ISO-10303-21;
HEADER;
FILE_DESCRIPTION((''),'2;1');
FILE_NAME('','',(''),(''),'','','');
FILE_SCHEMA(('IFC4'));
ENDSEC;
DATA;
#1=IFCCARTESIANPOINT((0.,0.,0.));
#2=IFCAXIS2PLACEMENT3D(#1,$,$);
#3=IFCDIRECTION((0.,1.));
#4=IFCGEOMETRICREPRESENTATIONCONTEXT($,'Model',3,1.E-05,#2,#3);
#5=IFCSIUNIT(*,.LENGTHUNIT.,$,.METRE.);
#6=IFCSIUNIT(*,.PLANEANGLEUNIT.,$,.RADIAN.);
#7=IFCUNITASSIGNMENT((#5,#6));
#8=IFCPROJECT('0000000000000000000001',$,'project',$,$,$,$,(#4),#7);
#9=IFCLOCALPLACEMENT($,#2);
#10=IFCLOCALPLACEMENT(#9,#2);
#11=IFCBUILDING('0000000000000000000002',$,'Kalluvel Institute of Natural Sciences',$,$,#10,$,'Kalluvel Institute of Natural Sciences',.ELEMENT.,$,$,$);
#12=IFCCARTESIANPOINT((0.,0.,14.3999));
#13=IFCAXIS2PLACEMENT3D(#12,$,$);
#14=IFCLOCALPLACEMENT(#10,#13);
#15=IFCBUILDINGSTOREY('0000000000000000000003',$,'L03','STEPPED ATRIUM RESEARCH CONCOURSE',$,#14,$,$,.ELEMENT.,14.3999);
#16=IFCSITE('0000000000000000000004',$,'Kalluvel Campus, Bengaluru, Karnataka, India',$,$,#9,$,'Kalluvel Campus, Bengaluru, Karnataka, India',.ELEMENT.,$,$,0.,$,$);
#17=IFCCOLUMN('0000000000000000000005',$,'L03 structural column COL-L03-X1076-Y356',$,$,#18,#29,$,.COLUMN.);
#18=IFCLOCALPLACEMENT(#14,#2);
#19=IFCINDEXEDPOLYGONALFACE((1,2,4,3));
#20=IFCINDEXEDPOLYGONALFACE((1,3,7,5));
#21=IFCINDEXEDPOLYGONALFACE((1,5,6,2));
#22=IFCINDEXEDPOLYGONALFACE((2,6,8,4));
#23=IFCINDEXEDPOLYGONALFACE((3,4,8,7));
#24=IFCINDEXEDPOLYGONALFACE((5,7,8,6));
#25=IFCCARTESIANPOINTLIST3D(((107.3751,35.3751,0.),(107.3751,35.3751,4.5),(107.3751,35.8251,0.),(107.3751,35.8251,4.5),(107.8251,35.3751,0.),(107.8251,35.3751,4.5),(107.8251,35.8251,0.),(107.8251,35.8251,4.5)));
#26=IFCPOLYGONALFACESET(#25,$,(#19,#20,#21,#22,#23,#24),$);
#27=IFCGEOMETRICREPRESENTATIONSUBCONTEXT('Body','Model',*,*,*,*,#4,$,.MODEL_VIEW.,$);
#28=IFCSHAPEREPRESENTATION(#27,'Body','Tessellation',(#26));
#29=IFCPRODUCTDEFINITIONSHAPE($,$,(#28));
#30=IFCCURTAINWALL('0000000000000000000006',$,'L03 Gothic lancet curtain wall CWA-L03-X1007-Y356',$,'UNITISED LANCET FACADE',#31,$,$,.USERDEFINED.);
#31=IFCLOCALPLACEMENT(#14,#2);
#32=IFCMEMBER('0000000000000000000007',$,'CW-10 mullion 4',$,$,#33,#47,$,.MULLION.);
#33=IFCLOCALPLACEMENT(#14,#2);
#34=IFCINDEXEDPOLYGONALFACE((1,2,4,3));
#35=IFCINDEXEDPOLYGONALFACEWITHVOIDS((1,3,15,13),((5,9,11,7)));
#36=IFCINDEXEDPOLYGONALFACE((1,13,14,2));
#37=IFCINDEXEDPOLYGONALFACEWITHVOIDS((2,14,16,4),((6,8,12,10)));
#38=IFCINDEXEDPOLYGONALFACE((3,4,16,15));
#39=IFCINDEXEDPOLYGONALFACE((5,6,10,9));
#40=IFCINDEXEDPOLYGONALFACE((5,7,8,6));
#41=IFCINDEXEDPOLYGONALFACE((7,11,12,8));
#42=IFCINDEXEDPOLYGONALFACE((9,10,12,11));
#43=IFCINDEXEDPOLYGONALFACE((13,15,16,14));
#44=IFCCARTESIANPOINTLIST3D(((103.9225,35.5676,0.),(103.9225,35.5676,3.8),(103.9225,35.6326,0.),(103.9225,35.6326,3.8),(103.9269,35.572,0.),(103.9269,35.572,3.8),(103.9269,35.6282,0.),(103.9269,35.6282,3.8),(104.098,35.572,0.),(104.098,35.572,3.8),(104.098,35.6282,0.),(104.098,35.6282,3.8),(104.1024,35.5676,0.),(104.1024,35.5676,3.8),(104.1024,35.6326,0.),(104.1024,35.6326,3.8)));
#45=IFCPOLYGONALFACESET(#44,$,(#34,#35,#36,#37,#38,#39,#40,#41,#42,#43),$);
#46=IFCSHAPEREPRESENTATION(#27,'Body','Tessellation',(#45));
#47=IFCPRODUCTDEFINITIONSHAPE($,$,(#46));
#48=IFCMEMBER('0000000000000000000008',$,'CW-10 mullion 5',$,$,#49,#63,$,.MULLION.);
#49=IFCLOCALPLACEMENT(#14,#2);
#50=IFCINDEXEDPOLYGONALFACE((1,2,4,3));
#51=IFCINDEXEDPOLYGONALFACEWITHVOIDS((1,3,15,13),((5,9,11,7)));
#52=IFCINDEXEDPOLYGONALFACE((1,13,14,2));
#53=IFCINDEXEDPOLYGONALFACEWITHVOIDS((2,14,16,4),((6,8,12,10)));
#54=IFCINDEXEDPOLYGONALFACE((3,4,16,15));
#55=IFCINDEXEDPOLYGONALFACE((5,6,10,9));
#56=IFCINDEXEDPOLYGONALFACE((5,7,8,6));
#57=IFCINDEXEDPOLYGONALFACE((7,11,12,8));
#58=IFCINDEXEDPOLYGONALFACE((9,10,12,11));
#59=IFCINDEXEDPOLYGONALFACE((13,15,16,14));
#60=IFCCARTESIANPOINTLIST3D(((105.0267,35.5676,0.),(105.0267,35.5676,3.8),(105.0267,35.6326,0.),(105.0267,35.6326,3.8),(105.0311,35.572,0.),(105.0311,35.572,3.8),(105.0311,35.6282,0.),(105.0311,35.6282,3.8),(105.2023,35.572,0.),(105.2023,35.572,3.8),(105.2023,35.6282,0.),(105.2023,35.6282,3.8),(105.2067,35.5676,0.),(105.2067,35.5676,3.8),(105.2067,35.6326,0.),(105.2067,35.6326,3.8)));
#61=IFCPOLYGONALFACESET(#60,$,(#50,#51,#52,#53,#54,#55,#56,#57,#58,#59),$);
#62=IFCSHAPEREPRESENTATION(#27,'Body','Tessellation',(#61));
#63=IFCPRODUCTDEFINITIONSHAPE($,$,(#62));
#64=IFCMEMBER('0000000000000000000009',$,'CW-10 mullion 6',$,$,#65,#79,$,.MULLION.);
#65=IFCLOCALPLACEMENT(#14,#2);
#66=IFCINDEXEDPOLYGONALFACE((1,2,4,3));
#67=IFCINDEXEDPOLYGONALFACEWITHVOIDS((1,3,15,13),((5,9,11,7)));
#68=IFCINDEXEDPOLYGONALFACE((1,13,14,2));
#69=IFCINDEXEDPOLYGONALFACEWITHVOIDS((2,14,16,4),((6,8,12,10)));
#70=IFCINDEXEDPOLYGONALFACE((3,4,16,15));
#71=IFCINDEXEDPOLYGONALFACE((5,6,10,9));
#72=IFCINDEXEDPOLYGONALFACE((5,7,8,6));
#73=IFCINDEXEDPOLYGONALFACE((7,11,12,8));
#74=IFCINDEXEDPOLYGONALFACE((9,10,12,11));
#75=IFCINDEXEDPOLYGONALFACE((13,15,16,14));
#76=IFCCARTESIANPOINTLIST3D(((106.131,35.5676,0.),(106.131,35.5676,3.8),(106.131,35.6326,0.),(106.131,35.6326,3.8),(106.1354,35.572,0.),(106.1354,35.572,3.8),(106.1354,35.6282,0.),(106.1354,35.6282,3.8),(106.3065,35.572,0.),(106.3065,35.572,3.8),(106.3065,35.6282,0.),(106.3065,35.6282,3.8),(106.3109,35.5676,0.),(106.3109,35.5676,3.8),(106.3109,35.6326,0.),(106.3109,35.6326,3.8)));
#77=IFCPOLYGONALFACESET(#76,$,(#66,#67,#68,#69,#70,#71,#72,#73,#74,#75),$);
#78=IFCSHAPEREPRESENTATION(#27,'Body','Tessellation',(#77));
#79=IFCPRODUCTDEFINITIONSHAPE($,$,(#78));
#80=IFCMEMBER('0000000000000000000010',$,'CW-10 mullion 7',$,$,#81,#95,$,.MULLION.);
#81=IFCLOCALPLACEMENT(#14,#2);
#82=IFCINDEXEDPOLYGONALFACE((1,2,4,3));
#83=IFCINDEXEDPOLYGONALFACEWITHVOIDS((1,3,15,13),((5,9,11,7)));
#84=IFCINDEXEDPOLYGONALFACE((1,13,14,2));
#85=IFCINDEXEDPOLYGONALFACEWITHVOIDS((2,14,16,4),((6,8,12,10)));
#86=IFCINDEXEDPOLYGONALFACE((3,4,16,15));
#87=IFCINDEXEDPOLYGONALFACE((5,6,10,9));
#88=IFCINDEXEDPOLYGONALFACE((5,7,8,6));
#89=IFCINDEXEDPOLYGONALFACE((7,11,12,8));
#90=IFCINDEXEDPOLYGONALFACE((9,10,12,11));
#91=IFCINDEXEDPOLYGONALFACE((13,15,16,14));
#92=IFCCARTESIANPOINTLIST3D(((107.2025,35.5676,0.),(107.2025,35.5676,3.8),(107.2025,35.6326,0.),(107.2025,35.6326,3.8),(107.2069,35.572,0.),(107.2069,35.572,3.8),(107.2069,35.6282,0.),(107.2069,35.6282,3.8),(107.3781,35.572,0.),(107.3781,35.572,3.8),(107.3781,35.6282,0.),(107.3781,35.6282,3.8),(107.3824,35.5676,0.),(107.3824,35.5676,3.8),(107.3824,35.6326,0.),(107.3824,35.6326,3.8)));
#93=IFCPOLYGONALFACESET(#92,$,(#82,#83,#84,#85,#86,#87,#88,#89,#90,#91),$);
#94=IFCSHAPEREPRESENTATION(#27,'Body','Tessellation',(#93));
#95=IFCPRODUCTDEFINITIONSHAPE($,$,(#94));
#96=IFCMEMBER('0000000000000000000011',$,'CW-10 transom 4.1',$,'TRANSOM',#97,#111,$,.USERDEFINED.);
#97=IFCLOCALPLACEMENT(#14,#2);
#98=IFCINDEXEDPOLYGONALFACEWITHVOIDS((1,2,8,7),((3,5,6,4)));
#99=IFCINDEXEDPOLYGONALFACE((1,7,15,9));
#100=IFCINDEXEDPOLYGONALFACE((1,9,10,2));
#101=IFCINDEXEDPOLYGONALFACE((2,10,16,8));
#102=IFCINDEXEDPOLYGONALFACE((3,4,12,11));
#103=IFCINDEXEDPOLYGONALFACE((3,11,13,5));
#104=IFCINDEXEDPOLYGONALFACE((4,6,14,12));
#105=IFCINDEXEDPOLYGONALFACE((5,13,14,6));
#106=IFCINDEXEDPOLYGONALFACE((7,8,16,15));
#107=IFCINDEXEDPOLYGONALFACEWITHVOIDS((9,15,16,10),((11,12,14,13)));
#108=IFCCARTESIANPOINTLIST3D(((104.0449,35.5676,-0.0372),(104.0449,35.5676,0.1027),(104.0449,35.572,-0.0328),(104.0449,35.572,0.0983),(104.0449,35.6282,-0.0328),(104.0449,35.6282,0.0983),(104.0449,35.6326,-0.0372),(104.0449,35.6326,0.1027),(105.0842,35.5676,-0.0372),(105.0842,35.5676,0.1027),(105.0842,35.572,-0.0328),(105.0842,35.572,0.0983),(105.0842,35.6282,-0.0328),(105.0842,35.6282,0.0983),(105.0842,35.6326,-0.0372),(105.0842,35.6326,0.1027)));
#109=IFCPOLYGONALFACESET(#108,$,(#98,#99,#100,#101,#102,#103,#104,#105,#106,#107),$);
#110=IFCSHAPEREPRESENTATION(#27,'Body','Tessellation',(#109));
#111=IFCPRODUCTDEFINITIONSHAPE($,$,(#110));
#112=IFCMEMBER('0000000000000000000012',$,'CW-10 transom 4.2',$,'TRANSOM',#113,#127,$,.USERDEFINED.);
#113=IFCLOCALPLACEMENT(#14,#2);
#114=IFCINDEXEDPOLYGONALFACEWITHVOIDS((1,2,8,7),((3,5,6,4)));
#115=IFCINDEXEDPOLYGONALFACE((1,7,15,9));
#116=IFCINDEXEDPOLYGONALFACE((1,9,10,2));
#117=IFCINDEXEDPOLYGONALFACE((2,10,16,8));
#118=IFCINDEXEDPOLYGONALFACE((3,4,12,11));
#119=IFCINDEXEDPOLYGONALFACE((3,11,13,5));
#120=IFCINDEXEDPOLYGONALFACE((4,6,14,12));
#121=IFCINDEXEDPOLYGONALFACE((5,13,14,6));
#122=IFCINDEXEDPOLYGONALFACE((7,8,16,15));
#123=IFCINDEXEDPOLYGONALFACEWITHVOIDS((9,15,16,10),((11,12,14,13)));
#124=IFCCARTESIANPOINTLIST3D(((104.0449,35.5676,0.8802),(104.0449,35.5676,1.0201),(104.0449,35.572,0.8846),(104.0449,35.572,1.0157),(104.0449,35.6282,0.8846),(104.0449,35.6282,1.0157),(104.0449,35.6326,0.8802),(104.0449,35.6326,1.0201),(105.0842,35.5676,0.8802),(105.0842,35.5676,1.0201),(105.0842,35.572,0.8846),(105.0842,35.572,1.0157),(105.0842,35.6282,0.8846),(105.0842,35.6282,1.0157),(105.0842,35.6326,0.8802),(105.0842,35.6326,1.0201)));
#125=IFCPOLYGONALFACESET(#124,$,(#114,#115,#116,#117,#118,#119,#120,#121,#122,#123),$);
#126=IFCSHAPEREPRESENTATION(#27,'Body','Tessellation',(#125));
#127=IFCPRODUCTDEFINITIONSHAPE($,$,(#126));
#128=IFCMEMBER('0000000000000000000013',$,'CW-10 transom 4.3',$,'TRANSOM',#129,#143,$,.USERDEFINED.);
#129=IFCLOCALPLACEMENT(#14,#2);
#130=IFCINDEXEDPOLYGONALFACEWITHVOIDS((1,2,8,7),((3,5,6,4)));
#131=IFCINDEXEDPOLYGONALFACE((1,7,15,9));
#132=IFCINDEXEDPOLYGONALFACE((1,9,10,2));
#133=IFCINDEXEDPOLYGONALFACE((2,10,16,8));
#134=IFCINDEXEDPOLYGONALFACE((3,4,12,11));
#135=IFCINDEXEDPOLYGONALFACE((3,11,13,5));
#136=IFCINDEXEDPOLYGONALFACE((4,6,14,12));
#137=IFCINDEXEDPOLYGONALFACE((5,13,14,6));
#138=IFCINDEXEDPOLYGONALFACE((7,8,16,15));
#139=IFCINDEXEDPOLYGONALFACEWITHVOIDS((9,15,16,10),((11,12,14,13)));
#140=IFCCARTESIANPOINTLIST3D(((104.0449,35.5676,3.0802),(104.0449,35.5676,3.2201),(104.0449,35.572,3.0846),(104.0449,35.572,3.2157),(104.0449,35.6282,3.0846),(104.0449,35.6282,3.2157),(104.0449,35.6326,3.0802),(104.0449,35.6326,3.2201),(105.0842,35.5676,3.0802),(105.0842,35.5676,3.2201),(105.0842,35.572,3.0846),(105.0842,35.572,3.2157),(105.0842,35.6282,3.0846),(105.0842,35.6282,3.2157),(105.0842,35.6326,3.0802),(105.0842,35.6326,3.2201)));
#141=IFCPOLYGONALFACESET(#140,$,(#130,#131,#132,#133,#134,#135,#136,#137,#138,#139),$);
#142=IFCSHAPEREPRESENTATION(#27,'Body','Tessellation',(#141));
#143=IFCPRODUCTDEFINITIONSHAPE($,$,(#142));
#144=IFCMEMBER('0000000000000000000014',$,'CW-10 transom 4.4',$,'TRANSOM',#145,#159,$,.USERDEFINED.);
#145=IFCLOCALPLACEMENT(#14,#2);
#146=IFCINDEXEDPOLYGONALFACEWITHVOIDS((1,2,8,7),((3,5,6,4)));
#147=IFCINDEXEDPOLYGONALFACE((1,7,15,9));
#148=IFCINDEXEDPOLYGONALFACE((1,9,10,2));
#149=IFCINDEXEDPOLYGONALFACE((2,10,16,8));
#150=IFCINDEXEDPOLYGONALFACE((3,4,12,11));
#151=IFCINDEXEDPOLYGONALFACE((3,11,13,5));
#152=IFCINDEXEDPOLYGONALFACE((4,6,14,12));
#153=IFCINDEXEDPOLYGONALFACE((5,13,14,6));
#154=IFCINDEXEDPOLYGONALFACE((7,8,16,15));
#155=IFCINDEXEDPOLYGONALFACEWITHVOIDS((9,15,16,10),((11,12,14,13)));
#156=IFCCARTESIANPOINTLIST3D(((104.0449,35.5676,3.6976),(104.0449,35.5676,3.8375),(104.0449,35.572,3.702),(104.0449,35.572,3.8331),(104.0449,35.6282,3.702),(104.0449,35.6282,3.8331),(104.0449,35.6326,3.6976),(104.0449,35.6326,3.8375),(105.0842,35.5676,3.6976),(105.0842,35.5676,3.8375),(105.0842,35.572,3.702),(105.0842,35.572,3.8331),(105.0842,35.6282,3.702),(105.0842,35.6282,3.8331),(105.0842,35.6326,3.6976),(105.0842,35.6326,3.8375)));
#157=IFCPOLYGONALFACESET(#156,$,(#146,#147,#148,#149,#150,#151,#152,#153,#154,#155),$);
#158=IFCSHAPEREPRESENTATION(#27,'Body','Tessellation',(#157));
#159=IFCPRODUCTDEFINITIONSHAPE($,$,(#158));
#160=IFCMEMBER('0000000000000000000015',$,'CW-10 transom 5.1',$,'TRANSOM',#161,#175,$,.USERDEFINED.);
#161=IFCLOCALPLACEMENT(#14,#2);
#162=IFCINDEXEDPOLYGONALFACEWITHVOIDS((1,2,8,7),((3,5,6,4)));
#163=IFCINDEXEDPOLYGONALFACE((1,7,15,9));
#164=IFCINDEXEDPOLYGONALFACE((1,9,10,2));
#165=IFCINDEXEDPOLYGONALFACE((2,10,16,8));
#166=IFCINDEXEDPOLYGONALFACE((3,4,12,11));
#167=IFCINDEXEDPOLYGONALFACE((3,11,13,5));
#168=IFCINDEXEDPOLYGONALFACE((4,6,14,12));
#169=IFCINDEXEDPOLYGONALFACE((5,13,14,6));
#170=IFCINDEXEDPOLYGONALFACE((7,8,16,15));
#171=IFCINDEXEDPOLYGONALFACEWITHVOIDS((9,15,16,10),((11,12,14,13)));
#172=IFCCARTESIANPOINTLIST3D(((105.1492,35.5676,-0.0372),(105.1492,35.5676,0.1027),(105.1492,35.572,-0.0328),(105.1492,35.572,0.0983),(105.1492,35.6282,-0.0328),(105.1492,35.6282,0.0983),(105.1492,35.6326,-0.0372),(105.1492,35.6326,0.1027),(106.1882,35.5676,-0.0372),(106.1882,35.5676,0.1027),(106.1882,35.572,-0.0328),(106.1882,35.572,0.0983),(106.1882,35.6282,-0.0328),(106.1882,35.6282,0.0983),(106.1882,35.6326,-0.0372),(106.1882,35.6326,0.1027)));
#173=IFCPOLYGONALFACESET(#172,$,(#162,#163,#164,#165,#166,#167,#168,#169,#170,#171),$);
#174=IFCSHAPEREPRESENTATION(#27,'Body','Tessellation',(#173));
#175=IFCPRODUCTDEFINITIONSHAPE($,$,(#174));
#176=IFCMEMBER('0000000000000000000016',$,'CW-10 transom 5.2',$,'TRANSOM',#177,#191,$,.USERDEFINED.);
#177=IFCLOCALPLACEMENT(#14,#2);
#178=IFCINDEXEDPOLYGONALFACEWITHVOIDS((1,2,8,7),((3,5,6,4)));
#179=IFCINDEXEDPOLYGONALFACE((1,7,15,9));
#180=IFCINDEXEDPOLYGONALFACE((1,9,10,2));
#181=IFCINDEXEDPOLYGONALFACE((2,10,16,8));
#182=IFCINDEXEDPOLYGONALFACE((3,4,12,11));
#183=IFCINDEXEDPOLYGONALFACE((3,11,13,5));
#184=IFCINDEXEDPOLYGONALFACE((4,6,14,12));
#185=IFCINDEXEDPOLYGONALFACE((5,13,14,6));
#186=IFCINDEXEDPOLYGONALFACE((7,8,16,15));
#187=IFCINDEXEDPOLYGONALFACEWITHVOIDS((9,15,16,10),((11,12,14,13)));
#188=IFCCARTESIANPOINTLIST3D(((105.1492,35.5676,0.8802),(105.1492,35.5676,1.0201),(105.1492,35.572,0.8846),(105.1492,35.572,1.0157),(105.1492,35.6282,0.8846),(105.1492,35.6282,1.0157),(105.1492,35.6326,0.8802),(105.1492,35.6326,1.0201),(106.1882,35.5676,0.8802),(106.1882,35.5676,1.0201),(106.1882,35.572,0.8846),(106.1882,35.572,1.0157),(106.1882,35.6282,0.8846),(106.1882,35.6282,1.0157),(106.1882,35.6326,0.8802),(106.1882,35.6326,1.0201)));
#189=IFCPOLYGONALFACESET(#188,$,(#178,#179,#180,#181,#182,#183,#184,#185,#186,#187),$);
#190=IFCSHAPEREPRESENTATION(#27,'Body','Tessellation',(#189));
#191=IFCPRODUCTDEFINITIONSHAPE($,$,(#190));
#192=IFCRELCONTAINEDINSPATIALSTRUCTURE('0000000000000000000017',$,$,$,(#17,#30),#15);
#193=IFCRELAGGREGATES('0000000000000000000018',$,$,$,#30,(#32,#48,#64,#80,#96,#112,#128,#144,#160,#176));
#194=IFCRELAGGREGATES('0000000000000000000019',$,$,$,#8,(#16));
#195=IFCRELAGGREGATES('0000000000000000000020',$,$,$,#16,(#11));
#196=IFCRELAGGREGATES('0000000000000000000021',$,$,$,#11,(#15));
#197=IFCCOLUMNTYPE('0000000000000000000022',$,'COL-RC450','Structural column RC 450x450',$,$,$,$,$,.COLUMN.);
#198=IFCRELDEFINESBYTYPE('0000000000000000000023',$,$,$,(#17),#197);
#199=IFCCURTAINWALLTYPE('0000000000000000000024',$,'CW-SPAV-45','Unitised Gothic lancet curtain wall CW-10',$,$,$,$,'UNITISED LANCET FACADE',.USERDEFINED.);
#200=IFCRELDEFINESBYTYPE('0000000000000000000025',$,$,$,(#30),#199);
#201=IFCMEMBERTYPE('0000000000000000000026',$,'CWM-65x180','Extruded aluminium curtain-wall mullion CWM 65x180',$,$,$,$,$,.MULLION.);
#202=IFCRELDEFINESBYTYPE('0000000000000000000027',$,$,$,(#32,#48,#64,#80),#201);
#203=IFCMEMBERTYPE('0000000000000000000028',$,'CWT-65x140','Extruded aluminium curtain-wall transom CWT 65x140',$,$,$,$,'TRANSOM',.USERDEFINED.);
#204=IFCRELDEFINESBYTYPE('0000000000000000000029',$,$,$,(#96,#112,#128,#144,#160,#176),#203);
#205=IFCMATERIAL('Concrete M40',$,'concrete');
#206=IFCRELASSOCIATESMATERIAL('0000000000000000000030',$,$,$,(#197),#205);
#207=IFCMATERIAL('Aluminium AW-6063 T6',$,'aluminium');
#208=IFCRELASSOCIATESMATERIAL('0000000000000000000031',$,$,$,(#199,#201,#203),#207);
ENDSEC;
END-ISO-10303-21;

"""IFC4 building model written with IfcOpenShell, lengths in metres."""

from ifc_helpers import new_model, si_unit, direction, frame, origin, origin_2d, place, context, subcontext, project, spatial, rectangle, hollow_rectangle, extrude, material, material_profile, profile_set, type_object, element, aggregate, save


model = new_model("IFC4")

# Units and contexts
model_context = context("Model", 3, precision=1e-05, world=origin(), true_north=direction((0.0, 1.0)))
body_context = subcontext(model_context, "Body", "Model", "MODEL_VIEW")
ifc_project = project(units=[si_unit("LENGTHUNIT", "METRE"), si_unit("PLANEANGLEUNIT", "RADIAN")], contexts=[model_context])

# Site, building, storey
site_placement = place(None, origin())
site = spatial("IfcSite", under=ifc_project, at=site_placement, Name="Kalluvel Campus, Bengaluru, Karnataka, India", LongName="Kalluvel Campus, Bengaluru, Karnataka, India", CompositionType="ELEMENT", RefElevation=0.0)
building_placement = place(site_placement, origin())
building = spatial("IfcBuilding", under=site, at=building_placement, Name="Kalluvel Institute of Natural Sciences", LongName="Kalluvel Institute of Natural Sciences", CompositionType="ELEMENT")
storey_placement = place(building_placement, frame((0.0, 0.0, 14.3999)))
storey = spatial("IfcBuildingStorey", under=building, at=storey_placement, Name="L03", Description="STEPPED ATRIUM RESEARCH CONCOURSE", CompositionType="ELEMENT", Elevation=14.3999)

# Column
ifc_material_1 = material(Name="Concrete M40", Category="concrete")
ifc_material_profile_1 = material_profile(ifc_material_1, rectangle(XDim=0.45, YDim=0.45, at=origin_2d()), Name="RC 450x450")
ifc_profile_set_1 = profile_set([ifc_material_profile_1], Name="Concrete M40")
column_type = type_object("IfcColumnType", Name="COL-RC450", Description="Structural column RC 450x450", PredefinedType="COLUMN", material=ifc_profile_set_1)
column_placement = place(storey_placement, frame((107.6001, 35.6001, 0.0), z_axis=(0.0, 0.0, 1.0), x_axis=(1.0, 0.0, 0.0)))
element("IfcColumn", 1, at=column_placement, inside=storey, type_object=column_type, Name="L03 structural column COL-L03-X1076-Y356", PredefinedType="COLUMN", context=body_context, shape_type="SweptSolid", body=[
    extrude(rectangle(XDim=0.45, YDim=0.45, at=origin_2d()), origin(), (0.0, 0.0, 1.0), 4.5),
])

# Curtain wall, members
ifc_material_2 = material(Name="Aluminium AW-6063 T6", Category="aluminium")
curtain_wall_type = type_object("IfcCurtainWallType", Name="CW-SPAV-45", Description="Unitised Gothic lancet curtain wall CW-10", ElementType="UNITISED LANCET FACADE", PredefinedType="USERDEFINED", material=ifc_material_2)
curtain_wall_placement = place(storey_placement, origin())
curtain_wall = element("IfcCurtainWall", 2, at=curtain_wall_placement, inside=storey, type_object=curtain_wall_type, Name="L03 Gothic lancet curtain wall CWA-L03-X1007-Y356", ObjectType="UNITISED LANCET FACADE", PredefinedType="USERDEFINED")
ifc_material_profile_2 = material_profile(ifc_material_2, hollow_rectangle(XDim=0.0649, YDim=0.1799, WallThickness=0.0044, at=origin_2d()), Name="CWM 65x180")
ifc_profile_set_2 = profile_set([ifc_material_profile_2], Name="Aluminium AW-6063 T6")
member_type_1 = type_object("IfcMemberType", Name="CWM-65x180", Description="Extruded aluminium curtain-wall mullion CWM 65x180", PredefinedType="MULLION", material=ifc_profile_set_2)
member_1_placement = place(storey_placement, frame((104.0125, 35.6001, 0.0), z_axis=(0.0, 0.0, 1.0), x_axis=(0.0, 1.0, 0.0)))
member_1 = element("IfcMember", 3, at=member_1_placement, type_object=member_type_1, Name="CW-10 mullion 4", PredefinedType="MULLION", context=body_context, shape_type="SweptSolid", body=[
    extrude(hollow_rectangle(XDim=0.0649, YDim=0.1799, WallThickness=0.0044, at=origin_2d()), origin(), (0.0, 0.0, 1.0), 3.8),
])
member_2_placement = place(storey_placement, frame((105.1167, 35.6001, 0.0), z_axis=(0.0, 0.0, 1.0), x_axis=(0.0, 1.0, 0.0)))
member_2 = element("IfcMember", 4, at=member_2_placement, type_object=member_type_1, Name="CW-10 mullion 5", PredefinedType="MULLION", context=body_context, shape_type="SweptSolid", body=[
    extrude(hollow_rectangle(XDim=0.0649, YDim=0.1799, WallThickness=0.0044, at=origin_2d()), origin(), (0.0, 0.0, 1.0), 3.8),
])
member_3_placement = place(storey_placement, frame((106.2209, 35.6001, 0.0), z_axis=(0.0, 0.0, 1.0), x_axis=(0.0, 1.0, 0.0)))
member_3 = element("IfcMember", 5, at=member_3_placement, type_object=member_type_1, Name="CW-10 mullion 6", PredefinedType="MULLION", context=body_context, shape_type="SweptSolid", body=[
    extrude(hollow_rectangle(XDim=0.0649, YDim=0.1799, WallThickness=0.0044, at=origin_2d()), origin(), (0.0, 0.0, 1.0), 3.8),
])
member_4_placement = place(storey_placement, frame((107.2925, 35.6001, 0.0), z_axis=(0.0, 0.0, 1.0), x_axis=(0.0, 1.0, 0.0)))
member_4 = element("IfcMember", 6, at=member_4_placement, type_object=member_type_1, Name="CW-10 mullion 7", PredefinedType="MULLION", context=body_context, shape_type="SweptSolid", body=[
    extrude(hollow_rectangle(XDim=0.0649, YDim=0.1799, WallThickness=0.0044, at=origin_2d()), origin(), (0.0, 0.0, 1.0), 3.8),
])
ifc_material_profile_3 = material_profile(ifc_material_2, hollow_rectangle(XDim=0.0649, YDim=0.1399, WallThickness=0.0044, at=origin_2d()), Name="CWT 65x140")
ifc_profile_set_3 = profile_set([ifc_material_profile_3], Name="Aluminium AW-6063 T6")
member_type_2 = type_object("IfcMemberType", Name="CWT-65x140", Description="Extruded aluminium curtain-wall transom CWT 65x140", ElementType="TRANSOM", PredefinedType="USERDEFINED", material=ifc_profile_set_3)
member_5_placement = place(storey_placement, frame((104.0449, 35.6001, 0.0327), z_axis=(1.0, 0.0, 0.0), x_axis=(0.0, 1.0, 0.0)))
member_5 = element("IfcMember", 7, at=member_5_placement, type_object=member_type_2, Name="CW-10 transom 4.1", ObjectType="TRANSOM", PredefinedType="USERDEFINED", context=body_context, shape_type="SweptSolid", body=[
    extrude(hollow_rectangle(XDim=0.0649, YDim=0.1399, WallThickness=0.0044, at=origin_2d()), origin(), (0.0, 0.0, 1.0), 1.0393),
])
member_6_placement = place(storey_placement, frame((104.0449, 35.6001, 0.9502), z_axis=(1.0, 0.0, 0.0), x_axis=(0.0, 1.0, 0.0)))
member_6 = element("IfcMember", 8, at=member_6_placement, type_object=member_type_2, Name="CW-10 transom 4.2", ObjectType="TRANSOM", PredefinedType="USERDEFINED", context=body_context, shape_type="SweptSolid", body=[
    extrude(hollow_rectangle(XDim=0.0649, YDim=0.1399, WallThickness=0.0044, at=origin_2d()), origin(), (0.0, 0.0, 1.0), 1.0393),
])
member_7_placement = place(storey_placement, frame((104.0449, 35.6001, 3.1501), z_axis=(1.0, 0.0, 0.0), x_axis=(0.0, 1.0, 0.0)))
member_7 = element("IfcMember", 9, at=member_7_placement, type_object=member_type_2, Name="CW-10 transom 4.3", ObjectType="TRANSOM", PredefinedType="USERDEFINED", context=body_context, shape_type="SweptSolid", body=[
    extrude(hollow_rectangle(XDim=0.0649, YDim=0.1399, WallThickness=0.0044, at=origin_2d()), origin(), (0.0, 0.0, 1.0), 1.0393),
])
member_8_placement = place(storey_placement, frame((104.0449, 35.6001, 3.7676), z_axis=(1.0, 0.0, 0.0), x_axis=(0.0, 1.0, 0.0)))
member_8 = element("IfcMember", 10, at=member_8_placement, type_object=member_type_2, Name="CW-10 transom 4.4", ObjectType="TRANSOM", PredefinedType="USERDEFINED", context=body_context, shape_type="SweptSolid", body=[
    extrude(hollow_rectangle(XDim=0.0649, YDim=0.1399, WallThickness=0.0044, at=origin_2d()), origin(), (0.0, 0.0, 1.0), 1.0393),
])
member_9_placement = place(storey_placement, frame((105.1492, 35.6001, 0.0327), z_axis=(1.0, 0.0, 0.0), x_axis=(0.0, 1.0, 0.0)))
member_9 = element("IfcMember", 11, at=member_9_placement, type_object=member_type_2, Name="CW-10 transom 5.1", ObjectType="TRANSOM", PredefinedType="USERDEFINED", context=body_context, shape_type="SweptSolid", body=[
    extrude(hollow_rectangle(XDim=0.0649, YDim=0.1399, WallThickness=0.0044, at=origin_2d()), origin(), (0.0, 0.0, 1.0), 1.0391),
])
member_10_placement = place(storey_placement, frame((105.1492, 35.6001, 0.9502), z_axis=(1.0, 0.0, 0.0), x_axis=(0.0, 1.0, 0.0)))
member_10 = element("IfcMember", 12, at=member_10_placement, type_object=member_type_2, Name="CW-10 transom 5.2", ObjectType="TRANSOM", PredefinedType="USERDEFINED", context=body_context, shape_type="SweptSolid", body=[
    extrude(hollow_rectangle(XDim=0.0649, YDim=0.1399, WallThickness=0.0044, at=origin_2d()), origin(), (0.0, 0.0, 1.0), 1.0391),
])
aggregate(curtain_wall, [member_1, member_2, member_3, member_4, member_5, member_6, member_7, member_8, member_9, member_10])

save(model, "model.ifc")
